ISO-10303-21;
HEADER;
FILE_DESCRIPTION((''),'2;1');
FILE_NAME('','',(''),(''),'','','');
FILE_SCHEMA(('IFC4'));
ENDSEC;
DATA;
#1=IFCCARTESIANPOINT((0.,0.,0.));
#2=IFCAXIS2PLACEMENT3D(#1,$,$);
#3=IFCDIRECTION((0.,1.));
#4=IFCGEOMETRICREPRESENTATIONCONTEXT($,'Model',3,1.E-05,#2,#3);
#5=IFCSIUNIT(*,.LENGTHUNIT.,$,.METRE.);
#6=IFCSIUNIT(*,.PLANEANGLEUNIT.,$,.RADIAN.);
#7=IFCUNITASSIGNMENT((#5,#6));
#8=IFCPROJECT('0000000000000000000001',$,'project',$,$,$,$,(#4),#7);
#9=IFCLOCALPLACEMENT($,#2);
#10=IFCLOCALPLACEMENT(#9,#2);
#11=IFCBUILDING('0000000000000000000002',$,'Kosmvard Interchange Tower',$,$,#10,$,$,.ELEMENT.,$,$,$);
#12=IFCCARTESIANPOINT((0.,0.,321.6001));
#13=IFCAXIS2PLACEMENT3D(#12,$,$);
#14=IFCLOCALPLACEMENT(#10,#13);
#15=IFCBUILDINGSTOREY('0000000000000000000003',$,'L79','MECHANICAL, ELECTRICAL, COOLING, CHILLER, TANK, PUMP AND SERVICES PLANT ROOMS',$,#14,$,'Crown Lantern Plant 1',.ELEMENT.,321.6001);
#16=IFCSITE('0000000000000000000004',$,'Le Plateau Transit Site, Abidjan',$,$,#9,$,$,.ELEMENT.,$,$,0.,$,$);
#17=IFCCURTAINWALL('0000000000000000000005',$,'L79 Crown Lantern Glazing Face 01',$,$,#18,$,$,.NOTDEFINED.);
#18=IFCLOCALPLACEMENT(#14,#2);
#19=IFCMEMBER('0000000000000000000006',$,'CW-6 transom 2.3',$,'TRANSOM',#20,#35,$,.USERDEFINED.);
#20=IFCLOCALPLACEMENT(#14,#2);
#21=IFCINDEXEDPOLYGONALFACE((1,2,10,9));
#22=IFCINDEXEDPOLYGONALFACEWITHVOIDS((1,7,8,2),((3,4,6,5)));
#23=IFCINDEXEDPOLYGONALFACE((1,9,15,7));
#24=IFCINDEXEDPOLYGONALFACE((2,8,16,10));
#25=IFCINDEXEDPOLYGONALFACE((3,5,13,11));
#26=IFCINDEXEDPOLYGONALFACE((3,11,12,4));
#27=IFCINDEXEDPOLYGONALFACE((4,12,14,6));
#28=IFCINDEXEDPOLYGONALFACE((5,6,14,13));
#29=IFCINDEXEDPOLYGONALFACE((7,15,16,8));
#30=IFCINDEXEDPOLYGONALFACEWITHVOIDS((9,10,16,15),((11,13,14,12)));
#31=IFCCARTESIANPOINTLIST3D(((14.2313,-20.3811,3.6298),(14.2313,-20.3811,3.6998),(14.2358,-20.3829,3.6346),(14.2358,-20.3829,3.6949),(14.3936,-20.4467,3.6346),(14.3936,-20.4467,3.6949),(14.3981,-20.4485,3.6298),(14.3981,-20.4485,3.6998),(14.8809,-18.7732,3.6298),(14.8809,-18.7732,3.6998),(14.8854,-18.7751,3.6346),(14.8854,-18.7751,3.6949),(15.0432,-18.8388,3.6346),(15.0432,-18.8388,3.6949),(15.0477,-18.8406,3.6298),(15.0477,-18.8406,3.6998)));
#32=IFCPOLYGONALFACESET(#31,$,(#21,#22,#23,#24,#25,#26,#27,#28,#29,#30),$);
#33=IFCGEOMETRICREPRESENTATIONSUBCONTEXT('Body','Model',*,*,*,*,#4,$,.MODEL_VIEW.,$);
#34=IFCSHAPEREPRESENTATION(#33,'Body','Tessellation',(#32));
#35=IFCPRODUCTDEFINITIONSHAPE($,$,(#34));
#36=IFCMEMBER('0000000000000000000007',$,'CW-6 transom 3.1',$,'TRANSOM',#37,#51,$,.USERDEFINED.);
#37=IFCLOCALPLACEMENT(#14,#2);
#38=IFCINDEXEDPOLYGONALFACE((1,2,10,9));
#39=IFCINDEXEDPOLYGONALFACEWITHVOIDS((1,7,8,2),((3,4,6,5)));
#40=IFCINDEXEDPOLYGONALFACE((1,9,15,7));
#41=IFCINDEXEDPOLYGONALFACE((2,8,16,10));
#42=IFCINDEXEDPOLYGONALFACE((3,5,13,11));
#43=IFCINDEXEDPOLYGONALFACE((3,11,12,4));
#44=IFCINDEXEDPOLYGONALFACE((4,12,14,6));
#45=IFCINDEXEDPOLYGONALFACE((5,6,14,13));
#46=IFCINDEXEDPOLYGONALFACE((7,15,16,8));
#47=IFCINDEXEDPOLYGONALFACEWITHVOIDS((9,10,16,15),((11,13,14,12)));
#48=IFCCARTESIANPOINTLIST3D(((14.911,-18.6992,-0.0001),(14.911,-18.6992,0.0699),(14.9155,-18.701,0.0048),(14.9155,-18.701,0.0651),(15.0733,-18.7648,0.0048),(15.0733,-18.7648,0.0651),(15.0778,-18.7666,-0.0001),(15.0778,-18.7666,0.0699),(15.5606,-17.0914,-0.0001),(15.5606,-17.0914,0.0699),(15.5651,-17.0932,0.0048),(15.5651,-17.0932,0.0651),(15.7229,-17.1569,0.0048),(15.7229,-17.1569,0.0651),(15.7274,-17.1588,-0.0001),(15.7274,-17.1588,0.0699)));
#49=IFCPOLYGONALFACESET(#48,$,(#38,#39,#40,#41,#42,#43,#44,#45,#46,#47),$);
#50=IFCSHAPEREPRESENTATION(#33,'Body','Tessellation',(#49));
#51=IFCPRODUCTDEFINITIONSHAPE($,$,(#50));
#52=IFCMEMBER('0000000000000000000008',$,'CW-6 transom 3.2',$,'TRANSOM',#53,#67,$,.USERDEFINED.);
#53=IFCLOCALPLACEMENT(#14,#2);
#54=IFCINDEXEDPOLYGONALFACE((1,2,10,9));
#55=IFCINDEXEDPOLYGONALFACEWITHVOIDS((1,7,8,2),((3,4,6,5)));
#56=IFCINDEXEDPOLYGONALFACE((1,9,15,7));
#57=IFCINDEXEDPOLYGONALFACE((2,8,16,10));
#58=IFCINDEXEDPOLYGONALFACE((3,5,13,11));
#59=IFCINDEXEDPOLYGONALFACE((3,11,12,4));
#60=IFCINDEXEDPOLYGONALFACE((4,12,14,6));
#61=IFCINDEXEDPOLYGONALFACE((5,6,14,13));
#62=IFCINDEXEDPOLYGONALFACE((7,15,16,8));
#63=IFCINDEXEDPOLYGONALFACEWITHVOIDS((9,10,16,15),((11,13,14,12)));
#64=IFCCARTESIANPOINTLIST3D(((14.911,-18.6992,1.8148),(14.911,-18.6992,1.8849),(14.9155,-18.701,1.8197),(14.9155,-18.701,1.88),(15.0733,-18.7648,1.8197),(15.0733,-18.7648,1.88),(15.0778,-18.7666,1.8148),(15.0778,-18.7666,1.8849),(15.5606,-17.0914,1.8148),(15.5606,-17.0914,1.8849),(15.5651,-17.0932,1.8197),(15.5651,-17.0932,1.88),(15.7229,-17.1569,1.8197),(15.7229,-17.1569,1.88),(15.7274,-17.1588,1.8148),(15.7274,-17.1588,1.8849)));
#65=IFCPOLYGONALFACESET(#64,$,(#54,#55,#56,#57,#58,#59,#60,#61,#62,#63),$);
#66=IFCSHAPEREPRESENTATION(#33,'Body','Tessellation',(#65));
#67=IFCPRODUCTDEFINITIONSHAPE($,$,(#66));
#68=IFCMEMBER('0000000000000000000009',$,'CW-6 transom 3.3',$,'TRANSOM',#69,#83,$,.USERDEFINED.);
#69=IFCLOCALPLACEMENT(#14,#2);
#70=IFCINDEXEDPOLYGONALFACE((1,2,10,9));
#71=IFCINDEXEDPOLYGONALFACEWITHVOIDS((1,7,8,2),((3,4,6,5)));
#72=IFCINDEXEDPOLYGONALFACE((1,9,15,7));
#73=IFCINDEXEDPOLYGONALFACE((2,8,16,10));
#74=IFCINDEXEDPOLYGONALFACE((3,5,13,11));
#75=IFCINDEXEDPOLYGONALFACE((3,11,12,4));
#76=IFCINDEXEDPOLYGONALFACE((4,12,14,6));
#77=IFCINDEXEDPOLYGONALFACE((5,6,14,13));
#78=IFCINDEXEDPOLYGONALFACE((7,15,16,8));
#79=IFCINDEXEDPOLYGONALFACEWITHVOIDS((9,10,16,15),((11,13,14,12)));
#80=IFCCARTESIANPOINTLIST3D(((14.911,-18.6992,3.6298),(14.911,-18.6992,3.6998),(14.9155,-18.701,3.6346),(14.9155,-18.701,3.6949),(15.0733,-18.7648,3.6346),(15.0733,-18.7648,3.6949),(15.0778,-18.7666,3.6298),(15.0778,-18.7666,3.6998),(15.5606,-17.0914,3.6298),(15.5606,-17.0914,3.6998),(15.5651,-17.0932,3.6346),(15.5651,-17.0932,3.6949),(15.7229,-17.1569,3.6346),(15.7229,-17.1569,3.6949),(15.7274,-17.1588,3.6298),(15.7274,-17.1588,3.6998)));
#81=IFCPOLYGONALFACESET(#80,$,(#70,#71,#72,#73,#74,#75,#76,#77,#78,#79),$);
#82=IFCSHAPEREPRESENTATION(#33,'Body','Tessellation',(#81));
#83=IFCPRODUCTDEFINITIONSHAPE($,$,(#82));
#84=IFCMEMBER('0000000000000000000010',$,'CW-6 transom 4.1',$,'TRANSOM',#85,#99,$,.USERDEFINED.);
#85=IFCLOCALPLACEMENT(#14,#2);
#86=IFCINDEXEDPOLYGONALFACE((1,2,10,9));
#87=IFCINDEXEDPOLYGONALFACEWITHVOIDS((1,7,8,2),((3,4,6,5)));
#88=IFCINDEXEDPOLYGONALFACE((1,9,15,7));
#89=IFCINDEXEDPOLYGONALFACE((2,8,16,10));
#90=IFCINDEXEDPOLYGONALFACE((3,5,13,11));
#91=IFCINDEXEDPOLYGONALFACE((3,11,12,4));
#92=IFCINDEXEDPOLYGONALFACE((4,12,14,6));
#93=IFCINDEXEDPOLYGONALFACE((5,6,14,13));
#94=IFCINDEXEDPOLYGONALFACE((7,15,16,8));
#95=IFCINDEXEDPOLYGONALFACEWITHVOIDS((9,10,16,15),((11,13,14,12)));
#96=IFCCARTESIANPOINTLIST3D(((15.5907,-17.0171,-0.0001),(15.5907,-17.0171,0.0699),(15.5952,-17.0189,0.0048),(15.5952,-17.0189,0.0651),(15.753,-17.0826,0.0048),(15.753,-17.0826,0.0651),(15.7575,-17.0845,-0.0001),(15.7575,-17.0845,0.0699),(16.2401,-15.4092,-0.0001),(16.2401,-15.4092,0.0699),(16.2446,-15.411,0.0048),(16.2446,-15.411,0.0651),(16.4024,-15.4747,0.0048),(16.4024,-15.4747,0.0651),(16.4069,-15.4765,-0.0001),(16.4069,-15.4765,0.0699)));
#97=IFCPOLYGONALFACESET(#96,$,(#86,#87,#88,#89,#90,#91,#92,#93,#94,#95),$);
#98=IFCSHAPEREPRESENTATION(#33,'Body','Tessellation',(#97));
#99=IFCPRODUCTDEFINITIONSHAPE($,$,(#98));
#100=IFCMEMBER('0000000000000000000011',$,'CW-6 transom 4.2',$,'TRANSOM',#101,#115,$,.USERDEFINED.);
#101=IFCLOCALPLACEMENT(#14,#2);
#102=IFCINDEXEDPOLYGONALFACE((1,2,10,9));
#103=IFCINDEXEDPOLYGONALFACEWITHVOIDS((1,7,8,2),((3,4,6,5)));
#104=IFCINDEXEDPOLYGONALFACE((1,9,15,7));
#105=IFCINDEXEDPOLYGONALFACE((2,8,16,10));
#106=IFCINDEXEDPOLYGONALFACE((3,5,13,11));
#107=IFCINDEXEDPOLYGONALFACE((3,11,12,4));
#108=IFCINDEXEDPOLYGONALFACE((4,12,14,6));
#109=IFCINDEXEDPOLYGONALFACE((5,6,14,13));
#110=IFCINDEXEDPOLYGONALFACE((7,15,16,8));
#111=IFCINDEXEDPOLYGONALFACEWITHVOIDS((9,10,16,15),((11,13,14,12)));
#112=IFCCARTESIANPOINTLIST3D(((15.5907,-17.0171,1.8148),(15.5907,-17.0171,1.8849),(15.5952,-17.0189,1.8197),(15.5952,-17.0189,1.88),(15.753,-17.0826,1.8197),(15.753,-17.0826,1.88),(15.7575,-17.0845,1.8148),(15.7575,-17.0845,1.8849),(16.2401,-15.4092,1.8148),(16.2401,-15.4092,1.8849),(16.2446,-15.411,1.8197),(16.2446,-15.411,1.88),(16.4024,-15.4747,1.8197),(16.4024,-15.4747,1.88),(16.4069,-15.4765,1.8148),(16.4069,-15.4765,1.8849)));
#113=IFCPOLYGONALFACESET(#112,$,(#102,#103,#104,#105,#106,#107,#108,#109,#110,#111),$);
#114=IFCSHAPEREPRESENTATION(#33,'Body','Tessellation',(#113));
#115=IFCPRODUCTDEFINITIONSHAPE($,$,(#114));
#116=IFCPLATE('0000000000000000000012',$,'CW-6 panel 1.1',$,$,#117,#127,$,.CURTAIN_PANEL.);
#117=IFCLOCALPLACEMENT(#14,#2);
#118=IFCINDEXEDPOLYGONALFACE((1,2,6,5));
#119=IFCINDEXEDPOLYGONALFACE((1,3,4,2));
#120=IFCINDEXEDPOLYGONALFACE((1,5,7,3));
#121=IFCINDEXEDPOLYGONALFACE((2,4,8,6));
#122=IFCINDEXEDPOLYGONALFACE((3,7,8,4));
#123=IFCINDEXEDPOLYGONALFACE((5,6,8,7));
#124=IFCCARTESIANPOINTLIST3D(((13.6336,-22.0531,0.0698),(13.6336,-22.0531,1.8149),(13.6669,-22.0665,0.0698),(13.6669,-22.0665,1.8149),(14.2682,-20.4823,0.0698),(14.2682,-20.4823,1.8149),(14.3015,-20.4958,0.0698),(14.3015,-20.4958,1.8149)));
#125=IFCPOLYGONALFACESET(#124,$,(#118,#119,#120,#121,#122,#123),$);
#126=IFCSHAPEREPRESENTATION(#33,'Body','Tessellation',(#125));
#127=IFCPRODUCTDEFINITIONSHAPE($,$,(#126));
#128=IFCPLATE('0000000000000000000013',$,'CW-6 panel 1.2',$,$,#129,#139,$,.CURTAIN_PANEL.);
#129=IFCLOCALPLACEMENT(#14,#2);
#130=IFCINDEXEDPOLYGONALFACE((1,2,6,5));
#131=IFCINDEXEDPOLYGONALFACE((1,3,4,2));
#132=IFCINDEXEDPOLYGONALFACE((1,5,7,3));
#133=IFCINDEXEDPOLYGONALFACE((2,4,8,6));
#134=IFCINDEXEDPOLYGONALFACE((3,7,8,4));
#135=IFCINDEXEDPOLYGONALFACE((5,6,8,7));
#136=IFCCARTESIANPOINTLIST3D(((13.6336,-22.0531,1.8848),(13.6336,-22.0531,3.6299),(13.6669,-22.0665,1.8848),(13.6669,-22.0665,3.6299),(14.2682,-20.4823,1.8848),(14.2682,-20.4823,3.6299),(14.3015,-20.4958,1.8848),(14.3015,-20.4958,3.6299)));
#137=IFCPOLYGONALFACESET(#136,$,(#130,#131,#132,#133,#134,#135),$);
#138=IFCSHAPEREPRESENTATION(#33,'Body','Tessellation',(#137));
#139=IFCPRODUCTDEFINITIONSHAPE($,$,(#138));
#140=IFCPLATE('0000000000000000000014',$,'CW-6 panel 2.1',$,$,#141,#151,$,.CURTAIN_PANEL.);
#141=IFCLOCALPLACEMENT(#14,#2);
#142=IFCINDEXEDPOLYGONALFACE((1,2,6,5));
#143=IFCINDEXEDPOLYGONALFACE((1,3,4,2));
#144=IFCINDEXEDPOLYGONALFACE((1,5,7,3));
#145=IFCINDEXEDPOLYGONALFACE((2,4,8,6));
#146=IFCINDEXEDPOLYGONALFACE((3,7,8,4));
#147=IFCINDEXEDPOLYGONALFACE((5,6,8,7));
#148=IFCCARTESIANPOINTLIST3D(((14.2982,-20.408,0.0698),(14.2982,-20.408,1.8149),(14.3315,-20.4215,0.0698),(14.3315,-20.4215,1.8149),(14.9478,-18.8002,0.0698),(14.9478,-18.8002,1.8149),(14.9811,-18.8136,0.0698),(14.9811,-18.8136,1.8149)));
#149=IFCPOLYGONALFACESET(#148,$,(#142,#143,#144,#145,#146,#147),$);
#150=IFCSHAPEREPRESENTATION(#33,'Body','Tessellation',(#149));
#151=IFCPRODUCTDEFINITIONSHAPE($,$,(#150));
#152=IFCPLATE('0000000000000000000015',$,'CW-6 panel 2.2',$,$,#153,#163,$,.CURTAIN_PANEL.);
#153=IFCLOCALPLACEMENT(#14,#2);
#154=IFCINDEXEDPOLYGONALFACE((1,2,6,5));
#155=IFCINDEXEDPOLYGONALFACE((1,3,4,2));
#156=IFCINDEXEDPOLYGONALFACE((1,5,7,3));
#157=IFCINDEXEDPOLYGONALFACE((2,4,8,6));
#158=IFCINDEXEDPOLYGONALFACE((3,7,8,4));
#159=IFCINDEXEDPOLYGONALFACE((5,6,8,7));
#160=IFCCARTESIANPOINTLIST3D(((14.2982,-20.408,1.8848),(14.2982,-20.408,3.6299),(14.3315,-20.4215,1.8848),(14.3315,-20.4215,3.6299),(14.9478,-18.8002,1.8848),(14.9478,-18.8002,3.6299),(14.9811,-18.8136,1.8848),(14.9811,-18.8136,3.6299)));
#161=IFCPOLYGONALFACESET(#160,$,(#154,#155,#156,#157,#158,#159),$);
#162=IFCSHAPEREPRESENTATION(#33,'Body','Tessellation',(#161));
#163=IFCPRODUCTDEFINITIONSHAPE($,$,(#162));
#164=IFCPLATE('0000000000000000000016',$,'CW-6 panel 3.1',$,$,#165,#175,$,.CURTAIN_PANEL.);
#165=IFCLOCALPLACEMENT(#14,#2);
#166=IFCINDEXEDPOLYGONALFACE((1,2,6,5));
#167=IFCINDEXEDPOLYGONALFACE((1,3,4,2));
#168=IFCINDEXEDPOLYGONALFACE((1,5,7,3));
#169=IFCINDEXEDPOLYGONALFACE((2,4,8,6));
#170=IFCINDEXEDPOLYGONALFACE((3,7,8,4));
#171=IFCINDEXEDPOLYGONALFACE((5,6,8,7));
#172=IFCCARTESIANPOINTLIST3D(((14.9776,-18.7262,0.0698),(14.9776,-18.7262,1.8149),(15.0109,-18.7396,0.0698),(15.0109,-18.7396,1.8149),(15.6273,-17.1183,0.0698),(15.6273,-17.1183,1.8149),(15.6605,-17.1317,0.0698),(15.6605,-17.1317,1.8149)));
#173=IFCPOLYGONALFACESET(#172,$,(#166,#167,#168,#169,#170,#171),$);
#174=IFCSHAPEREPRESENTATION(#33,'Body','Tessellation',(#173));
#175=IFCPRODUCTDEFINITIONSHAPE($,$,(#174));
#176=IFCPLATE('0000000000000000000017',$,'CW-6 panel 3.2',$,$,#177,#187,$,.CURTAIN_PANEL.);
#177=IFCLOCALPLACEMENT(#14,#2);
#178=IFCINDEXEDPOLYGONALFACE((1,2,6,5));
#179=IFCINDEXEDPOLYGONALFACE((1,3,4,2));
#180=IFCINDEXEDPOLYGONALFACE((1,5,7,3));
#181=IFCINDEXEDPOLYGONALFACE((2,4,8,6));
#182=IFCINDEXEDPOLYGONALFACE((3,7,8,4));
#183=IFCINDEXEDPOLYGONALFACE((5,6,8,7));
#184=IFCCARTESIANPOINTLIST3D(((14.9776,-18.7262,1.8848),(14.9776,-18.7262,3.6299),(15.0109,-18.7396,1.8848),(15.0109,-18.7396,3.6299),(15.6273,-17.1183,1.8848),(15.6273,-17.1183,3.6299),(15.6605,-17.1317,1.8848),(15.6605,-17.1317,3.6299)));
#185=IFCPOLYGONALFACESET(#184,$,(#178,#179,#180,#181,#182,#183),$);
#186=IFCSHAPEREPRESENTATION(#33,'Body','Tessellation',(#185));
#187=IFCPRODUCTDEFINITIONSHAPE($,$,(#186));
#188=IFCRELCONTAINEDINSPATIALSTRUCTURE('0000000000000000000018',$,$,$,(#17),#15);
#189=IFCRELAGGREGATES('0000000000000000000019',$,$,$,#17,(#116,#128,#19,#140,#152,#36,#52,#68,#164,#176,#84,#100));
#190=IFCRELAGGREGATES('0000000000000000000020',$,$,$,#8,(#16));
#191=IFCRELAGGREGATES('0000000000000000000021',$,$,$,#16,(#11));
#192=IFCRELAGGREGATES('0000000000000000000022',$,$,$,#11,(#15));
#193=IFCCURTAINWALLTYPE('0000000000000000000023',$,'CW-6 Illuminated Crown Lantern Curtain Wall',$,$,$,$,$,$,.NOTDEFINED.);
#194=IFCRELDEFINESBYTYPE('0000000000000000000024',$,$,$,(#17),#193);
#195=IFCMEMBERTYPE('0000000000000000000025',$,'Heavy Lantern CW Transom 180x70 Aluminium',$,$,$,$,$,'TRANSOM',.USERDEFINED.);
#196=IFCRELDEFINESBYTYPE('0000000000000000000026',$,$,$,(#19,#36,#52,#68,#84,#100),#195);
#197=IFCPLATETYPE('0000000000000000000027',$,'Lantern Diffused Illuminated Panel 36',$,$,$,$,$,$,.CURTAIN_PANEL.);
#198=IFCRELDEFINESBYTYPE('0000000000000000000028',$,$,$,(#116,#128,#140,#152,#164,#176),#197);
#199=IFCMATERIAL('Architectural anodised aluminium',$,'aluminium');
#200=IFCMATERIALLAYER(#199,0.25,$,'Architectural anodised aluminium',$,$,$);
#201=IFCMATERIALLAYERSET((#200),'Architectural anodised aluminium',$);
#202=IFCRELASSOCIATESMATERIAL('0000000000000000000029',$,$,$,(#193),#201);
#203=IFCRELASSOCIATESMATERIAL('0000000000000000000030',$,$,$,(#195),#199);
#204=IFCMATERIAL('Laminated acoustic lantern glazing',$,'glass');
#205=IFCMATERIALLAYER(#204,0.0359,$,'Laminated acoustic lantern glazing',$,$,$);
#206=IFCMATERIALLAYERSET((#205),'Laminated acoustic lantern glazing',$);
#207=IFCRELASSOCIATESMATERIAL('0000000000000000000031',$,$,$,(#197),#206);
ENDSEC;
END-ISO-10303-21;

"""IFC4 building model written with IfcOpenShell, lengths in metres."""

from ifc_helpers import new_model, si_unit, direction, frame, origin, origin_2d, place, context, subcontext, project, spatial, rectangle, hollow_rectangle, extrude, source, transform, mapped, material, layer, layer_set, material_profile, profile_set, type_object, element, aggregate, save


model = new_model("IFC4")

# Units and contexts
model_context = context("Model", 3, precision=1e-05, world=origin(), true_north=direction((0.0, 1.0)))
body_context = subcontext(model_context, "Body", "Model", "MODEL_VIEW")
ifc_project = project(units=[si_unit("LENGTHUNIT", "METRE"), si_unit("PLANEANGLEUNIT", "RADIAN")], contexts=[model_context])

# Site, building, storey
site_placement = place(None, origin())
site = spatial("IfcSite", under=ifc_project, at=site_placement, Name="Le Plateau Transit Site, Abidjan", CompositionType="ELEMENT", RefElevation=0.0)
building_placement = place(site_placement, origin())
building = spatial("IfcBuilding", under=site, at=building_placement, Name="Kosmvard Interchange Tower", CompositionType="ELEMENT")
storey_placement = place(building_placement, frame((0.0, 0.0, 321.6001)))
storey = spatial("IfcBuildingStorey", under=building, at=storey_placement, Name="L79", Description="MECHANICAL, ELECTRICAL, COOLING, CHILLER, TANK, PUMP AND SERVICES PLANT ROOMS", LongName="Crown Lantern Plant 1", CompositionType="ELEMENT", Elevation=321.6001)

# Curtain wall
ifc_material_1 = material(Name="Architectural anodised aluminium", Category="aluminium")
ifc_layer_1 = layer(ifc_material_1, 0.25, Name="Architectural anodised aluminium")
ifc_layer_set_1 = layer_set([ifc_layer_1], Name="Architectural anodised aluminium")
curtain_wall_type = type_object("IfcCurtainWallType", Name="CW-6 Illuminated Crown Lantern Curtain Wall", PredefinedType="NOTDEFINED", material=ifc_layer_set_1)
curtain_wall_1_placement = place(storey_placement, origin())
curtain_wall_1 = element("IfcCurtainWall", 1, at=curtain_wall_1_placement, inside=storey, type_object=curtain_wall_type, Name="L79 Crown Lantern Glazing Face 01", PredefinedType="NOTDEFINED")

# Members
ifc_material_profile_1 = material_profile(ifc_material_1, hollow_rectangle(XDim=0.1799, YDim=0.0701, WallThickness=0.0049, at=origin_2d()), Name="CWT 180x70x5")
ifc_profile_set_1 = profile_set([ifc_material_profile_1], Name="Architectural anodised aluminium")
member_type_1 = type_object("IfcMemberType", Name="Heavy Lantern CW Transom 180x70 Aluminium", ElementType="TRANSOM", PredefinedType="USERDEFINED", material=ifc_profile_set_1)
shared_shape_1 = source(origin(), body_context, "Body", "SweptSolid", [
    extrude(hollow_rectangle(XDim=0.1799, YDim=0.0701, WallThickness=0.0049, at=origin_2d()), origin(), (0.0, 0.0, 1.0), 1.7341),
])
member_1_placement = place(storey_placement, frame((14.3147, -20.4148, 3.6648), z_axis=(0.374617, 0.92718, 0.0), x_axis=(-0.92718, 0.374617, 0.0)))
member_1 = element("IfcMember", 2, at=member_1_placement, type_object=member_type_1, Name="CW-6 transom 2.3", ObjectType="TRANSOM", PredefinedType="USERDEFINED", context=body_context, shape_type="MappedRepresentation", body=[
    mapped(shared_shape_1, transform((0.0, 0.0, 0.0), scale=1.0)),
])
member_2_placement = place(storey_placement, frame((14.9944, -18.7329, 0.0349), z_axis=(0.374617, 0.92718, 0.0), x_axis=(-0.92718, 0.374617, 0.0)))
member_2 = element("IfcMember", 3, at=member_2_placement, type_object=member_type_1, Name="CW-6 transom 3.1", ObjectType="TRANSOM", PredefinedType="USERDEFINED", context=body_context, shape_type="MappedRepresentation", body=[
    mapped(shared_shape_1, transform((0.0, 0.0, 0.0), scale=1.0)),
])
member_3_placement = place(storey_placement, frame((14.9944, -18.7329, 1.8499), z_axis=(0.374617, 0.92718, 0.0), x_axis=(-0.92718, 0.374617, 0.0)))
member_3 = element("IfcMember", 4, at=member_3_placement, type_object=member_type_1, Name="CW-6 transom 3.2", ObjectType="TRANSOM", PredefinedType="USERDEFINED", context=body_context, shape_type="MappedRepresentation", body=[
    mapped(shared_shape_1, transform((0.0, 0.0, 0.0), scale=1.0)),
])
member_4_placement = place(storey_placement, frame((14.9944, -18.7329, 3.6648), z_axis=(0.374617, 0.92718, 0.0), x_axis=(-0.92718, 0.374617, 0.0)))
member_4 = element("IfcMember", 5, at=member_4_placement, type_object=member_type_1, Name="CW-6 transom 3.3", ObjectType="TRANSOM", PredefinedType="USERDEFINED", context=body_context, shape_type="MappedRepresentation", body=[
    mapped(shared_shape_1, transform((0.0, 0.0, 0.0), scale=1.0)),
])
member_5_placement = place(storey_placement, frame((15.6741, -17.0508, 0.0349), z_axis=(0.374496, 0.927229, 0.0), x_axis=(-0.927229, 0.374496, 0.0)))
member_5 = element("IfcMember", 6, at=member_5_placement, type_object=member_type_1, Name="CW-6 transom 4.1", ObjectType="TRANSOM", PredefinedType="USERDEFINED", context=body_context, shape_type="MappedRepresentation", body=[
    mapped(shared_shape_1, transform((0.0, 0.0, 0.0), scale=1.0)),
])
member_6_placement = place(storey_placement, frame((15.6741, -17.0508, 1.8499), z_axis=(0.374496, 0.927229, 0.0), x_axis=(-0.927229, 0.374496, 0.0)))
member_6 = element("IfcMember", 7, at=member_6_placement, type_object=member_type_1, Name="CW-6 transom 4.2", ObjectType="TRANSOM", PredefinedType="USERDEFINED", context=body_context, shape_type="MappedRepresentation", body=[
    mapped(shared_shape_1, transform((0.0, 0.0, 0.0), scale=1.0)),
])

# Plates
ifc_material_2 = material(Name="Laminated acoustic lantern glazing", Category="glass")
ifc_layer_2 = layer(ifc_material_2, 0.0359, Name="Laminated acoustic lantern glazing")
ifc_layer_set_2 = layer_set([ifc_layer_2], Name="Laminated acoustic lantern glazing")
plate_type = type_object("IfcPlateType", Name="Lantern Diffused Illuminated Panel 36", PredefinedType="CURTAIN_PANEL", material=ifc_layer_set_2)
shared_shape_2 = source(origin(), body_context, "Body", "SweptSolid", [
    extrude(rectangle(XDim=1.6941, YDim=0.0359, at=origin_2d()), origin(), (0.0, 0.0, 1.0), 1.7451),
])
plate_1_placement = place(storey_placement, frame((13.9675, -21.2744, 0.0698), z_axis=(0.0, 0.0, 1.0), x_axis=(0.374607, 0.927184, 0.0)))
plate_1 = element("IfcPlate", 8, at=plate_1_placement, type_object=plate_type, Name="CW-6 panel 1.1", PredefinedType="CURTAIN_PANEL", context=body_context, shape_type="MappedRepresentation", body=[
    mapped(shared_shape_2, transform((0.0, 0.0, 0.0), scale=1.0)),
])
plate_2_placement = place(storey_placement, frame((13.9675, -21.2744, 1.8848), z_axis=(0.0, 0.0, 1.0), x_axis=(0.374607, 0.927184, 0.0)))
plate_2 = element("IfcPlate", 9, at=plate_2_placement, type_object=plate_type, Name="CW-6 panel 1.2", PredefinedType="CURTAIN_PANEL", context=body_context, shape_type="MappedRepresentation", body=[
    mapped(shared_shape_2, transform((0.0, 0.0, 0.0), scale=1.0)),
])
shared_shape_3 = source(origin(), body_context, "Body", "SweptSolid", [
    extrude(rectangle(XDim=1.7341, YDim=0.0359, at=origin_2d()), origin(), (0.0, 0.0, 1.0), 1.7451),
])
plate_3_placement = place(storey_placement, frame((14.6396, -19.6108, 0.0698), z_axis=(0.0, 0.0, 1.0), x_axis=(0.374607, 0.927184, 0.0)))
plate_3 = element("IfcPlate", 10, at=plate_3_placement, type_object=plate_type, Name="CW-6 panel 2.1", PredefinedType="CURTAIN_PANEL", context=body_context, shape_type="MappedRepresentation", body=[
    mapped(shared_shape_3, transform((0.0, 0.0, 0.0), scale=1.0)),
])
plate_4_placement = place(storey_placement, frame((14.6396, -19.6108, 1.8848), z_axis=(0.0, 0.0, 1.0), x_axis=(0.374607, 0.927184, 0.0)))
plate_4 = element("IfcPlate", 11, at=plate_4_placement, type_object=plate_type, Name="CW-6 panel 2.2", PredefinedType="CURTAIN_PANEL", context=body_context, shape_type="MappedRepresentation", body=[
    mapped(shared_shape_3, transform((0.0, 0.0, 0.0), scale=1.0)),
])
plate_5_placement = place(storey_placement, frame((15.3191, -17.929, 0.0698), z_axis=(0.0, 0.0, 1.0), x_axis=(0.374607, 0.927184, 0.0)))
plate_5 = element("IfcPlate", 12, at=plate_5_placement, type_object=plate_type, Name="CW-6 panel 3.1", PredefinedType="CURTAIN_PANEL", context=body_context, shape_type="MappedRepresentation", body=[
    mapped(shared_shape_3, transform((0.0, 0.0, 0.0), scale=1.0)),
])
plate_6_placement = place(storey_placement, frame((15.3191, -17.929, 1.8848), z_axis=(0.0, 0.0, 1.0), x_axis=(0.374607, 0.927184, 0.0)))
plate_6 = element("IfcPlate", 13, at=plate_6_placement, type_object=plate_type, Name="CW-6 panel 3.2", PredefinedType="CURTAIN_PANEL", context=body_context, shape_type="MappedRepresentation", body=[
    mapped(shared_shape_3, transform((0.0, 0.0, 0.0), scale=1.0)),
])
aggregate(curtain_wall_1, [plate_1, plate_2, member_1, plate_3, plate_4, member_2, member_3, member_4, plate_5, plate_6, member_5, member_6])

save(model, "model.ifc")
